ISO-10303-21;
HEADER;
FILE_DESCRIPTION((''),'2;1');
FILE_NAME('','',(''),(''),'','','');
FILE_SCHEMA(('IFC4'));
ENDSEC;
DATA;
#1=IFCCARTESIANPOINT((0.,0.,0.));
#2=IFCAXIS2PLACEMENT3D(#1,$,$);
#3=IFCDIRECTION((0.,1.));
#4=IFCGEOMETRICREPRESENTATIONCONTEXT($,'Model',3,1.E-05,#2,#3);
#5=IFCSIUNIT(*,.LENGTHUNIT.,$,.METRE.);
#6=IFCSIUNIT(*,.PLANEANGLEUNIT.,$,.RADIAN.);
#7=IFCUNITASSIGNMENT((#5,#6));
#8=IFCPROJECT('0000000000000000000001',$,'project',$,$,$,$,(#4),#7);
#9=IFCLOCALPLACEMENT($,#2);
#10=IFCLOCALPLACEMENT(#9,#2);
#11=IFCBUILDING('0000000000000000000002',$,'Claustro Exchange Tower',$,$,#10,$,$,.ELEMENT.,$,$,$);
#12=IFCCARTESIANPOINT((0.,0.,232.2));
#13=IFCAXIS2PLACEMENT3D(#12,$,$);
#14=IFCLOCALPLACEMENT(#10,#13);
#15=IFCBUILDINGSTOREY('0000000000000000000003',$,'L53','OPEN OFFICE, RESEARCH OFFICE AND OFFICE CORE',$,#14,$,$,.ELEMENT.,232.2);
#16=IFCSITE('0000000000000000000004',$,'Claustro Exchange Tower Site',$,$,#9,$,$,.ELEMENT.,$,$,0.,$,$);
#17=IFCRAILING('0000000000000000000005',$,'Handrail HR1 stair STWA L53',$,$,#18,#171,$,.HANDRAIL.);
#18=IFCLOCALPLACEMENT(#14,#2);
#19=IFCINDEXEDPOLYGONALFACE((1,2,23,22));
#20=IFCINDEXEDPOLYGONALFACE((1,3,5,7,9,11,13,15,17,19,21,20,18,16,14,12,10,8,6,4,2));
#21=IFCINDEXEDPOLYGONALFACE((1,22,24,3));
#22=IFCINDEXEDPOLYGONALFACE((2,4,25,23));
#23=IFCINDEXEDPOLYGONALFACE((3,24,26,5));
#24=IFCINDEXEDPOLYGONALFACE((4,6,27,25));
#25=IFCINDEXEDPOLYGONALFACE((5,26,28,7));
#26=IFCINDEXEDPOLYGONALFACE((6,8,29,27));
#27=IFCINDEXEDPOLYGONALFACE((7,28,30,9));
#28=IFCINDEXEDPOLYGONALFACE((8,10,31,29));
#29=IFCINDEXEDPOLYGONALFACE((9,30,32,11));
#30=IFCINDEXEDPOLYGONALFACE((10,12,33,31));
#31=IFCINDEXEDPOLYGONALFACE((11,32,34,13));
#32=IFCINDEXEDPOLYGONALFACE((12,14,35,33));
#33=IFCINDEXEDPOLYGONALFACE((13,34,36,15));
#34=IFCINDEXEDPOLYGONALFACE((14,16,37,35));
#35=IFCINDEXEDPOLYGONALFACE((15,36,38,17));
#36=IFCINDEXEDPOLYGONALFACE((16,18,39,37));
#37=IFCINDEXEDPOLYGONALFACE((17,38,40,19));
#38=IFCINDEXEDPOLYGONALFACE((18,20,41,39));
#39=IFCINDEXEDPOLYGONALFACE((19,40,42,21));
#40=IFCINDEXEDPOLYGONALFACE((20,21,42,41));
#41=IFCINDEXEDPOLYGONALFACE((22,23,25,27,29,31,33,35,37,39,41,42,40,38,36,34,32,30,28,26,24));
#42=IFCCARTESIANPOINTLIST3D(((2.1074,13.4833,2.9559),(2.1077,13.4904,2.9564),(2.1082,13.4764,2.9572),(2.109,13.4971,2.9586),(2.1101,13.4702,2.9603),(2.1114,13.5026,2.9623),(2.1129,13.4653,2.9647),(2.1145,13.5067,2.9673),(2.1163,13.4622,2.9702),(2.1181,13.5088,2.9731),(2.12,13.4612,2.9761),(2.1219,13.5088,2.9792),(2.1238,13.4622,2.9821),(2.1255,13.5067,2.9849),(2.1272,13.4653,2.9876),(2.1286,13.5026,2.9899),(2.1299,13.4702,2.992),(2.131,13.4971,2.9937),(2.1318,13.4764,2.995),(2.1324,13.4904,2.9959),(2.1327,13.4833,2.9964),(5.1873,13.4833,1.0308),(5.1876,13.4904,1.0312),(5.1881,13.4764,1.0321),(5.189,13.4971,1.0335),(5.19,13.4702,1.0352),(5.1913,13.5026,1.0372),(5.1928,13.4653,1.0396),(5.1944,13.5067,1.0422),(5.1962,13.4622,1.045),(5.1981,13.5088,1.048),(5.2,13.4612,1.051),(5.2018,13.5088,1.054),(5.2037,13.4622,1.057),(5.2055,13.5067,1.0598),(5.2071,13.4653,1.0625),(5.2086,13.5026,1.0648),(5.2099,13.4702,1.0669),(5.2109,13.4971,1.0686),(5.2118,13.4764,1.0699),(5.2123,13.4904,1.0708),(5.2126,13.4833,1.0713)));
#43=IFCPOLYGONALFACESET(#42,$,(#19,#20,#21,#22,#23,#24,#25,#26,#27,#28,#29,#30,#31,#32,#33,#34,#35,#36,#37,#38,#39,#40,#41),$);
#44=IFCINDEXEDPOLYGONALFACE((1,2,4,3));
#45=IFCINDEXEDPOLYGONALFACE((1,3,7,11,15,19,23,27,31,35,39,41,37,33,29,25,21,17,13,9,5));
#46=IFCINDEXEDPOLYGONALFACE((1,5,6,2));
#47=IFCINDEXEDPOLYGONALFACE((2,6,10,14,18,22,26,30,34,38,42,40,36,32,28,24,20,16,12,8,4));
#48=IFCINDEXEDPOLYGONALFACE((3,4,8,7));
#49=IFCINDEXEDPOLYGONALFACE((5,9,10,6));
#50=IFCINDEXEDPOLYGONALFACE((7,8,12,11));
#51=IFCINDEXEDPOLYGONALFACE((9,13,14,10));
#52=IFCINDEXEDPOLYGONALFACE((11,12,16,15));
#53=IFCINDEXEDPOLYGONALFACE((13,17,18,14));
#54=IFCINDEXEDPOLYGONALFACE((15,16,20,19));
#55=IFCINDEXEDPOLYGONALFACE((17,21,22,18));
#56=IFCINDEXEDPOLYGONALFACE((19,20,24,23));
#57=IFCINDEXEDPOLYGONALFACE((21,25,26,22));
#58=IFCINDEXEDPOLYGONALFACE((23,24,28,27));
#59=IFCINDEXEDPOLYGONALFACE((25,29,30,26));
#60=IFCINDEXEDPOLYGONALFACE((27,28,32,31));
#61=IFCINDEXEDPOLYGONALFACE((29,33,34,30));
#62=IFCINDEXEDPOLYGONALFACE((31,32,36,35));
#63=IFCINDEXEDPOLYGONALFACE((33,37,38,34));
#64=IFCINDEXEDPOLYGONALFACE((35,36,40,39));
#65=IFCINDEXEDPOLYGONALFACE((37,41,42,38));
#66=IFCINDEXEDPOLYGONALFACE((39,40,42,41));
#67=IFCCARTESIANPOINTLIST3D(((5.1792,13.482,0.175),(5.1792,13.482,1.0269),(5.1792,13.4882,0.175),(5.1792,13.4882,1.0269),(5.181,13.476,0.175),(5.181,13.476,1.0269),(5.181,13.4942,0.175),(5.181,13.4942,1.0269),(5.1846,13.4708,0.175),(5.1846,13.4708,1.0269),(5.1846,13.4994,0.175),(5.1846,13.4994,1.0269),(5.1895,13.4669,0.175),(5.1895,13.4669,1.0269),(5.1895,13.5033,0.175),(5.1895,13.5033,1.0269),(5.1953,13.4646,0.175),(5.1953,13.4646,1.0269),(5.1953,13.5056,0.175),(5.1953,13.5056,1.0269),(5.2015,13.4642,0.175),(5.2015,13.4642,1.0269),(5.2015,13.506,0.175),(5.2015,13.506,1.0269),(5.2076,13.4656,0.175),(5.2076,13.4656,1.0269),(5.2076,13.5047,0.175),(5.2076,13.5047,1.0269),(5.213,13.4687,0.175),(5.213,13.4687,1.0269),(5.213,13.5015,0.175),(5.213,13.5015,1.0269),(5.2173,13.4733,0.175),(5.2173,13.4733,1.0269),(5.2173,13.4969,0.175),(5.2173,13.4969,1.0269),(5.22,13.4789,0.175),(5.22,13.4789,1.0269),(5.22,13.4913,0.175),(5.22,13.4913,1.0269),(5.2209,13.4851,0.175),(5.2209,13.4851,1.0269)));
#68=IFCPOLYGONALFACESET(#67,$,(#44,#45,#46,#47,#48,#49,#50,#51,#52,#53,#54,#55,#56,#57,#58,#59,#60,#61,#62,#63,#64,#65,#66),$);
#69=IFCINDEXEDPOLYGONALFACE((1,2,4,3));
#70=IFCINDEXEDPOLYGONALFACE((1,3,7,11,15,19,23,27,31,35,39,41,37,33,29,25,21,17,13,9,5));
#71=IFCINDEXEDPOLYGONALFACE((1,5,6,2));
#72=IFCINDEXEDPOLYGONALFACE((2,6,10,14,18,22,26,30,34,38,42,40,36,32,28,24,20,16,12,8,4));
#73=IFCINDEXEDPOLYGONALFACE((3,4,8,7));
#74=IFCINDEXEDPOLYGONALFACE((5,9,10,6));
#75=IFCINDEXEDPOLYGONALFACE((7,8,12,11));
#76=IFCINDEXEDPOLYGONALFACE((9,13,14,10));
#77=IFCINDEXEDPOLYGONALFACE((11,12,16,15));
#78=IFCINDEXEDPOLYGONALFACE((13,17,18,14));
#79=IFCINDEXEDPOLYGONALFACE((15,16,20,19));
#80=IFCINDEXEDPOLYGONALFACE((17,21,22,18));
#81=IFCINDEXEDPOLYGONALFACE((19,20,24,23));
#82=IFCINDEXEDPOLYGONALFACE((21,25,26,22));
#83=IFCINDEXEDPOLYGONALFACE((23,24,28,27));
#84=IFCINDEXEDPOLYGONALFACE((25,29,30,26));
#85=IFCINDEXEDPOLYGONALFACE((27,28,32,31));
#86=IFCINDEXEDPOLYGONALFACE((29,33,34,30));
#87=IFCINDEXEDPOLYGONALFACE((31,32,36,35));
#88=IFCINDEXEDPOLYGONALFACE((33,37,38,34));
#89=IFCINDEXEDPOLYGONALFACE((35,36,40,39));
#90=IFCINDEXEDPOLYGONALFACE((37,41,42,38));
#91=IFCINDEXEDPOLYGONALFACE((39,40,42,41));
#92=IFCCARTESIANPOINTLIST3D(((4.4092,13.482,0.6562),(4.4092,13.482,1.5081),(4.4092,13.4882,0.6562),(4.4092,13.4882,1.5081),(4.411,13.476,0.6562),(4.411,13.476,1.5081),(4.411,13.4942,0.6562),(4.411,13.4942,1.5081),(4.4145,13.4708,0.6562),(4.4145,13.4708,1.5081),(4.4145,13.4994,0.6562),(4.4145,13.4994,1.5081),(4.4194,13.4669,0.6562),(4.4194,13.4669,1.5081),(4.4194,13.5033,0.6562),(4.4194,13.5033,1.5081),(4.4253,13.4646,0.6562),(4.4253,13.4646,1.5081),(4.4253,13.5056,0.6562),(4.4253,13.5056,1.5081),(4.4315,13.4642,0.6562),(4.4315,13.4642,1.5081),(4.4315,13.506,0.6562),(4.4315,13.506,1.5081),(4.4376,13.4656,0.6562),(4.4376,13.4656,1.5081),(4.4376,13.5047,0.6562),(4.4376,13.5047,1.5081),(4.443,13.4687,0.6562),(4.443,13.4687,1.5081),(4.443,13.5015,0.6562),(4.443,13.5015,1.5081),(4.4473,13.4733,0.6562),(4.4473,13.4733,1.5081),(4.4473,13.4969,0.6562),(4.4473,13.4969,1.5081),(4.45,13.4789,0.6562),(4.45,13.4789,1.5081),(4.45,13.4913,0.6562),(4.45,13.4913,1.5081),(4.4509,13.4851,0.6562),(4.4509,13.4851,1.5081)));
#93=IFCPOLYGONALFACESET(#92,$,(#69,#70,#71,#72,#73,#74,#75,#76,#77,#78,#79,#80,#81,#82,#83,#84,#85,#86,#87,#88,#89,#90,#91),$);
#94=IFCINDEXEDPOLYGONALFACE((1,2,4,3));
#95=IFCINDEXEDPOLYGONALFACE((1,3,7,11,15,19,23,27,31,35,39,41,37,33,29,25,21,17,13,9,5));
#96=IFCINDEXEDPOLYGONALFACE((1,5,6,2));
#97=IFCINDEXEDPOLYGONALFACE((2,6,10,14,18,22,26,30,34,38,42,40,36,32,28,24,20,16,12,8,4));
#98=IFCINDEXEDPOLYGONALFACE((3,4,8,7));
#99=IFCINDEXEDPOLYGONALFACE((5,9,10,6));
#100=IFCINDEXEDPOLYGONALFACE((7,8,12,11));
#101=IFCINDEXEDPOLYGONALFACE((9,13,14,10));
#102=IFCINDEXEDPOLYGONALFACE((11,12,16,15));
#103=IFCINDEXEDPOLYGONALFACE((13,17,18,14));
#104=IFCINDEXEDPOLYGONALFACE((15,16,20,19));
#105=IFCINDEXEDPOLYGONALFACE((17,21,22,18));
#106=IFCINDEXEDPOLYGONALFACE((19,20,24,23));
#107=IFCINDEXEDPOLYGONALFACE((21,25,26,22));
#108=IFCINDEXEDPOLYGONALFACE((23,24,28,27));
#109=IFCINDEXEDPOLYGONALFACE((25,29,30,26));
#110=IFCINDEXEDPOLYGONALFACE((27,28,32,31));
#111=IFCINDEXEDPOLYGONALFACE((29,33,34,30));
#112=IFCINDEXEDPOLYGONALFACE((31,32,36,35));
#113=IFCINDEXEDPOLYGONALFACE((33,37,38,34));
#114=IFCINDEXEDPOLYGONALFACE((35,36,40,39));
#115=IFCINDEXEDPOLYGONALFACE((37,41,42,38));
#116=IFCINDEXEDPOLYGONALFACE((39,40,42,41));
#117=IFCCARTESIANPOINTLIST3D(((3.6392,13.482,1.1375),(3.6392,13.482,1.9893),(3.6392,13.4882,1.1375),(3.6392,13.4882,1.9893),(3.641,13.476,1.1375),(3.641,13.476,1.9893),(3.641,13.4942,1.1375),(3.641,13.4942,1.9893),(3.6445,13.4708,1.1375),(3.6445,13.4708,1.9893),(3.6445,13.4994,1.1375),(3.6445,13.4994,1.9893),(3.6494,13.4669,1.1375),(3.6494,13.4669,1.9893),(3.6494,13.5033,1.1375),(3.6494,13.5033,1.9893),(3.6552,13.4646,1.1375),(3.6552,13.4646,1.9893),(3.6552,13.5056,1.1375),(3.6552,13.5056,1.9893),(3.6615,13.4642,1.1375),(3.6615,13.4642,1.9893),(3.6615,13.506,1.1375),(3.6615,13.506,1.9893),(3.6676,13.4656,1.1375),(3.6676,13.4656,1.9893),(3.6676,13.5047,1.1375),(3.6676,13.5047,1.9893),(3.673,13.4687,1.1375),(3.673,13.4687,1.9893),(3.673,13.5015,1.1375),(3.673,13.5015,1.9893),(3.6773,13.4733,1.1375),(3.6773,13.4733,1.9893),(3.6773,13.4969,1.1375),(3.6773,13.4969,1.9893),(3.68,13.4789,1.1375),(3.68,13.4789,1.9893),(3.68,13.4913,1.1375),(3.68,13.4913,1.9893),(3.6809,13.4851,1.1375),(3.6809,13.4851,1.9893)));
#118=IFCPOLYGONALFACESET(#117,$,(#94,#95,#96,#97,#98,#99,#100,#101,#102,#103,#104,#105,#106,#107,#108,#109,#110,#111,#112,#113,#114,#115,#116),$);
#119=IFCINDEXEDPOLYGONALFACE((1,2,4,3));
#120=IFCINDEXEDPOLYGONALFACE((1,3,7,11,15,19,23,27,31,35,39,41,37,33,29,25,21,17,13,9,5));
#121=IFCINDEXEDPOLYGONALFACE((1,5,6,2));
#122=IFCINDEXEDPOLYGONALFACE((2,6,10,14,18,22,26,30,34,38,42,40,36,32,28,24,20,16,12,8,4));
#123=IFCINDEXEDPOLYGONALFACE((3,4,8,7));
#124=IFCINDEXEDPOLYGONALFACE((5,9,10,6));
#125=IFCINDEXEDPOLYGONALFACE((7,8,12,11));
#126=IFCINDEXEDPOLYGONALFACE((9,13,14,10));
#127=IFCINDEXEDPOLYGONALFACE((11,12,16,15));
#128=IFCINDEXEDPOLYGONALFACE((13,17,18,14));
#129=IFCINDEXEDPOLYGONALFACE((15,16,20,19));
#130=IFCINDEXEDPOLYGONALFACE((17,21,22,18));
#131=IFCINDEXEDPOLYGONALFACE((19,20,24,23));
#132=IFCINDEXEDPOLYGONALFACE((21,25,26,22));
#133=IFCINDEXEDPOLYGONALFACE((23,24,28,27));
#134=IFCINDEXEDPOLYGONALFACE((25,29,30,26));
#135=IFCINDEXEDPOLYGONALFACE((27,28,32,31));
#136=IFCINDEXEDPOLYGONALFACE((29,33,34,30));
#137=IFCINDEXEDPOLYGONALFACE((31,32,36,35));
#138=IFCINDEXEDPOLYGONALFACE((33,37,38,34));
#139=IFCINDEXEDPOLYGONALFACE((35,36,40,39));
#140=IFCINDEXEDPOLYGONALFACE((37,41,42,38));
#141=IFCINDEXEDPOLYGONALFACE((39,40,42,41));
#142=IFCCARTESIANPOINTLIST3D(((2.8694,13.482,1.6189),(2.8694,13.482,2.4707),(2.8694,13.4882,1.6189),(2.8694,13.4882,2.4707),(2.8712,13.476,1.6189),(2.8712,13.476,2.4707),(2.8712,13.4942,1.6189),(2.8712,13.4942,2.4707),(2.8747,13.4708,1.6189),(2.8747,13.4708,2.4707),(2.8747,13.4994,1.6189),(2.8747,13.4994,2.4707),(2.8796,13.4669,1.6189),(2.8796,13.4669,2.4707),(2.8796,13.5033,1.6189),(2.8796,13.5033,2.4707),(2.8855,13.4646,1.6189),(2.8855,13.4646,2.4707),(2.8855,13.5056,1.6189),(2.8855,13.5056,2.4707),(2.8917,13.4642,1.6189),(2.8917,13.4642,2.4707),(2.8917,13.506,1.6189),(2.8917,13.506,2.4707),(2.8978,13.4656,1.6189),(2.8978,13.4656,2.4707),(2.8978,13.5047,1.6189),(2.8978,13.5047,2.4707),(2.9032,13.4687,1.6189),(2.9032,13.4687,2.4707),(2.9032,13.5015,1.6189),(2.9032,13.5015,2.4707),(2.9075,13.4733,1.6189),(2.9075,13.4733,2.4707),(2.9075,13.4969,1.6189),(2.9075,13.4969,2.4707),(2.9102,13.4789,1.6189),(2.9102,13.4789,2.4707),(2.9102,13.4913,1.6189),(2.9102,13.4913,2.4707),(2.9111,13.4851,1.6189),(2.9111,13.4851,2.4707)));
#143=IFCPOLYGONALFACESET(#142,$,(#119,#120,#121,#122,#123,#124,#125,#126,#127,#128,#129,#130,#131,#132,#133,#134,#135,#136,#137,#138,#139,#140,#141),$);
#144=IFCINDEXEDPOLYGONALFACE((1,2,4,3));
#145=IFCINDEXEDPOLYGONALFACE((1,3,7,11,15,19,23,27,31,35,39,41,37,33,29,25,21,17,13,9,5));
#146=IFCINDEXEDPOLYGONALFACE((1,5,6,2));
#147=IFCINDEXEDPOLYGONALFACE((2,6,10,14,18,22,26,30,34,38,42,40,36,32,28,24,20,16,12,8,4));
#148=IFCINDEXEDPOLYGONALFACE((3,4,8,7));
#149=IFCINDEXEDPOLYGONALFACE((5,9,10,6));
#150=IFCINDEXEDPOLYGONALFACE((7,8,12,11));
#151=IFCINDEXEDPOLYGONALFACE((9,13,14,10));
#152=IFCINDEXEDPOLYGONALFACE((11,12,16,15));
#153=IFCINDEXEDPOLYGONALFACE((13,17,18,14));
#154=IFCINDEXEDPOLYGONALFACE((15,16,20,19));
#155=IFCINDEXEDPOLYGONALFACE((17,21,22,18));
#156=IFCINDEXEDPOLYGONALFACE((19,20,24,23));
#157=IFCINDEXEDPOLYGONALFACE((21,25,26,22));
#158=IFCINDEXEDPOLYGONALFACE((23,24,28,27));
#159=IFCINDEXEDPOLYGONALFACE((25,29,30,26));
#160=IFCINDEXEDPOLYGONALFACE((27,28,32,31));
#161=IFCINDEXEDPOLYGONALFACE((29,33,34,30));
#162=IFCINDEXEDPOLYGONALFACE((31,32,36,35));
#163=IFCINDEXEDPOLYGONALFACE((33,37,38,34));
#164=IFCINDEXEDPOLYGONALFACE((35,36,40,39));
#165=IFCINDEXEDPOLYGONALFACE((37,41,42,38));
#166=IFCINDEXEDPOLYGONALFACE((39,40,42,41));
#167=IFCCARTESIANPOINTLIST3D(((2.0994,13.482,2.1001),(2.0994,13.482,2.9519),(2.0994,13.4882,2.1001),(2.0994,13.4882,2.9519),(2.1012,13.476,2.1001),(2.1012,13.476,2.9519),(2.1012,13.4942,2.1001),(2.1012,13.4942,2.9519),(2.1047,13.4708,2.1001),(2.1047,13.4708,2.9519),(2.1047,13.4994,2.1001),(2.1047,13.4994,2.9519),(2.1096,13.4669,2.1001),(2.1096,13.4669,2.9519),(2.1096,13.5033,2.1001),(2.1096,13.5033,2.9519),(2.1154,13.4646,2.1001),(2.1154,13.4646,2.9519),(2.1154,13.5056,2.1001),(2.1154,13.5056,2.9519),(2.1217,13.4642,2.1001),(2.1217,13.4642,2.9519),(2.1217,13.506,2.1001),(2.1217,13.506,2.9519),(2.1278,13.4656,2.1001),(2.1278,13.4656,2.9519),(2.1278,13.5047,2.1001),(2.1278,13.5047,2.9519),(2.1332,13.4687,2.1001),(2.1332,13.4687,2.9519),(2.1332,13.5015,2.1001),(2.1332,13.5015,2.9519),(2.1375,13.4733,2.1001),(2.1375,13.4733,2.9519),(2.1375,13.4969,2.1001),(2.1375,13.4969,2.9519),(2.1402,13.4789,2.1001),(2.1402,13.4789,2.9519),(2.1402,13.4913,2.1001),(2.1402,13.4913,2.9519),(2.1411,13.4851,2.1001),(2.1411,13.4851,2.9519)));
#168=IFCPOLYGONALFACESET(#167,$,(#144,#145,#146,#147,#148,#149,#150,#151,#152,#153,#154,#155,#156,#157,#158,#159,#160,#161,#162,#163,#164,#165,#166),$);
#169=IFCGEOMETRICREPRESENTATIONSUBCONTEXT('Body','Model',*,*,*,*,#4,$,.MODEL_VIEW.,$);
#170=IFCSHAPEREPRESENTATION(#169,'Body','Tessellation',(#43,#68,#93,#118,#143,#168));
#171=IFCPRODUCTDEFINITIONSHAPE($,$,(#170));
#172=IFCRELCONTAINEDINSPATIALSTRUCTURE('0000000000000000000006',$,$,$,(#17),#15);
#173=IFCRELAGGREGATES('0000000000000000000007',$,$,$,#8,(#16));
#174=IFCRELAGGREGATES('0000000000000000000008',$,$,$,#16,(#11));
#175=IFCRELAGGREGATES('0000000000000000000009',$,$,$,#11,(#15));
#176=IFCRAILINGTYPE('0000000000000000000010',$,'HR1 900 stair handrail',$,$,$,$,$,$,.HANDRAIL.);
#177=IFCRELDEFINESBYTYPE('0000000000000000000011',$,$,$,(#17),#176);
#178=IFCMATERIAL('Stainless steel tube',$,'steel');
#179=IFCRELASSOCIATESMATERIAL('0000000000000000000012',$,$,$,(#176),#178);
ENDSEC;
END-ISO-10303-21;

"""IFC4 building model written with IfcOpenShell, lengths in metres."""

from ifc_helpers import new_model, si_unit, direction, frame, origin, origin_2d, place, context, subcontext, project, spatial, circle, extrude, material, type_object, element, save


model = new_model("IFC4")

# Units and contexts
model_context = context("Model", 3, precision=1e-05, world=origin(), true_north=direction((0.0, 1.0)))
body_context = subcontext(model_context, "Body", "Model", "MODEL_VIEW")
ifc_project = project(units=[si_unit("LENGTHUNIT", "METRE"), si_unit("PLANEANGLEUNIT", "RADIAN")], contexts=[model_context])

# Site, building, storey
site_placement = place(None, origin())
site = spatial("IfcSite", under=ifc_project, at=site_placement, Name="Claustro Exchange Tower Site", CompositionType="ELEMENT", RefElevation=0.0)
building_placement = place(site_placement, origin())
building = spatial("IfcBuilding", under=site, at=building_placement, Name="Claustro Exchange Tower", CompositionType="ELEMENT")
storey_placement = place(building_placement, frame((0.0, 0.0, 232.2)))
storey = spatial("IfcBuildingStorey", under=building, at=storey_placement, Name="L53", Description="OPEN OFFICE, RESEARCH OFFICE AND OFFICE CORE", CompositionType="ELEMENT", Elevation=232.2)

# Railing
ifc_material_1 = material(Name="Stainless steel tube", Category="steel")
railing_type_1 = type_object("IfcRailingType", Name="HR1 900 stair handrail", PredefinedType="HANDRAIL", material=ifc_material_1)
railing_1_placement = place(storey_placement, frame((5.2, 13.4851, 0.175)))
element("IfcRailing", 1, at=railing_1_placement, inside=storey, type_object=railing_type_1, Name="Handrail HR1 stair STWA L53", PredefinedType="HANDRAIL", context=body_context, shape_type="SweptSolid", body=[
    extrude(circle(Radius=0.0239, at=origin_2d()), frame((0.0, 0.0, 0.876), z_axis=(-0.847979, 0.0, 0.530029), x_axis=(0.0, -1.0, 0.0)), (0.0, 0.0, 1.0), 3.6321),
    extrude(circle(Radius=0.021, at=origin_2d()), origin(), (0.0, 0.0, 1.0), 0.8518),
    extrude(circle(Radius=0.021, at=origin_2d()), frame((-0.77, 0.0, 0.4812)), (0.0, 0.0, 1.0), 0.8518),
    extrude(circle(Radius=0.021, at=origin_2d()), frame((-1.54, 0.0, 0.9624)), (0.0, 0.0, 1.0), 0.8518),
    extrude(circle(Radius=0.021, at=origin_2d()), frame((-2.3098, 0.0, 1.4438)), (0.0, 0.0, 1.0), 0.8518),
    extrude(circle(Radius=0.021, at=origin_2d()), frame((-3.0798, 0.0, 1.925)), (0.0, 0.0, 1.0), 0.8518),
])

save(model, "model.ifc")
